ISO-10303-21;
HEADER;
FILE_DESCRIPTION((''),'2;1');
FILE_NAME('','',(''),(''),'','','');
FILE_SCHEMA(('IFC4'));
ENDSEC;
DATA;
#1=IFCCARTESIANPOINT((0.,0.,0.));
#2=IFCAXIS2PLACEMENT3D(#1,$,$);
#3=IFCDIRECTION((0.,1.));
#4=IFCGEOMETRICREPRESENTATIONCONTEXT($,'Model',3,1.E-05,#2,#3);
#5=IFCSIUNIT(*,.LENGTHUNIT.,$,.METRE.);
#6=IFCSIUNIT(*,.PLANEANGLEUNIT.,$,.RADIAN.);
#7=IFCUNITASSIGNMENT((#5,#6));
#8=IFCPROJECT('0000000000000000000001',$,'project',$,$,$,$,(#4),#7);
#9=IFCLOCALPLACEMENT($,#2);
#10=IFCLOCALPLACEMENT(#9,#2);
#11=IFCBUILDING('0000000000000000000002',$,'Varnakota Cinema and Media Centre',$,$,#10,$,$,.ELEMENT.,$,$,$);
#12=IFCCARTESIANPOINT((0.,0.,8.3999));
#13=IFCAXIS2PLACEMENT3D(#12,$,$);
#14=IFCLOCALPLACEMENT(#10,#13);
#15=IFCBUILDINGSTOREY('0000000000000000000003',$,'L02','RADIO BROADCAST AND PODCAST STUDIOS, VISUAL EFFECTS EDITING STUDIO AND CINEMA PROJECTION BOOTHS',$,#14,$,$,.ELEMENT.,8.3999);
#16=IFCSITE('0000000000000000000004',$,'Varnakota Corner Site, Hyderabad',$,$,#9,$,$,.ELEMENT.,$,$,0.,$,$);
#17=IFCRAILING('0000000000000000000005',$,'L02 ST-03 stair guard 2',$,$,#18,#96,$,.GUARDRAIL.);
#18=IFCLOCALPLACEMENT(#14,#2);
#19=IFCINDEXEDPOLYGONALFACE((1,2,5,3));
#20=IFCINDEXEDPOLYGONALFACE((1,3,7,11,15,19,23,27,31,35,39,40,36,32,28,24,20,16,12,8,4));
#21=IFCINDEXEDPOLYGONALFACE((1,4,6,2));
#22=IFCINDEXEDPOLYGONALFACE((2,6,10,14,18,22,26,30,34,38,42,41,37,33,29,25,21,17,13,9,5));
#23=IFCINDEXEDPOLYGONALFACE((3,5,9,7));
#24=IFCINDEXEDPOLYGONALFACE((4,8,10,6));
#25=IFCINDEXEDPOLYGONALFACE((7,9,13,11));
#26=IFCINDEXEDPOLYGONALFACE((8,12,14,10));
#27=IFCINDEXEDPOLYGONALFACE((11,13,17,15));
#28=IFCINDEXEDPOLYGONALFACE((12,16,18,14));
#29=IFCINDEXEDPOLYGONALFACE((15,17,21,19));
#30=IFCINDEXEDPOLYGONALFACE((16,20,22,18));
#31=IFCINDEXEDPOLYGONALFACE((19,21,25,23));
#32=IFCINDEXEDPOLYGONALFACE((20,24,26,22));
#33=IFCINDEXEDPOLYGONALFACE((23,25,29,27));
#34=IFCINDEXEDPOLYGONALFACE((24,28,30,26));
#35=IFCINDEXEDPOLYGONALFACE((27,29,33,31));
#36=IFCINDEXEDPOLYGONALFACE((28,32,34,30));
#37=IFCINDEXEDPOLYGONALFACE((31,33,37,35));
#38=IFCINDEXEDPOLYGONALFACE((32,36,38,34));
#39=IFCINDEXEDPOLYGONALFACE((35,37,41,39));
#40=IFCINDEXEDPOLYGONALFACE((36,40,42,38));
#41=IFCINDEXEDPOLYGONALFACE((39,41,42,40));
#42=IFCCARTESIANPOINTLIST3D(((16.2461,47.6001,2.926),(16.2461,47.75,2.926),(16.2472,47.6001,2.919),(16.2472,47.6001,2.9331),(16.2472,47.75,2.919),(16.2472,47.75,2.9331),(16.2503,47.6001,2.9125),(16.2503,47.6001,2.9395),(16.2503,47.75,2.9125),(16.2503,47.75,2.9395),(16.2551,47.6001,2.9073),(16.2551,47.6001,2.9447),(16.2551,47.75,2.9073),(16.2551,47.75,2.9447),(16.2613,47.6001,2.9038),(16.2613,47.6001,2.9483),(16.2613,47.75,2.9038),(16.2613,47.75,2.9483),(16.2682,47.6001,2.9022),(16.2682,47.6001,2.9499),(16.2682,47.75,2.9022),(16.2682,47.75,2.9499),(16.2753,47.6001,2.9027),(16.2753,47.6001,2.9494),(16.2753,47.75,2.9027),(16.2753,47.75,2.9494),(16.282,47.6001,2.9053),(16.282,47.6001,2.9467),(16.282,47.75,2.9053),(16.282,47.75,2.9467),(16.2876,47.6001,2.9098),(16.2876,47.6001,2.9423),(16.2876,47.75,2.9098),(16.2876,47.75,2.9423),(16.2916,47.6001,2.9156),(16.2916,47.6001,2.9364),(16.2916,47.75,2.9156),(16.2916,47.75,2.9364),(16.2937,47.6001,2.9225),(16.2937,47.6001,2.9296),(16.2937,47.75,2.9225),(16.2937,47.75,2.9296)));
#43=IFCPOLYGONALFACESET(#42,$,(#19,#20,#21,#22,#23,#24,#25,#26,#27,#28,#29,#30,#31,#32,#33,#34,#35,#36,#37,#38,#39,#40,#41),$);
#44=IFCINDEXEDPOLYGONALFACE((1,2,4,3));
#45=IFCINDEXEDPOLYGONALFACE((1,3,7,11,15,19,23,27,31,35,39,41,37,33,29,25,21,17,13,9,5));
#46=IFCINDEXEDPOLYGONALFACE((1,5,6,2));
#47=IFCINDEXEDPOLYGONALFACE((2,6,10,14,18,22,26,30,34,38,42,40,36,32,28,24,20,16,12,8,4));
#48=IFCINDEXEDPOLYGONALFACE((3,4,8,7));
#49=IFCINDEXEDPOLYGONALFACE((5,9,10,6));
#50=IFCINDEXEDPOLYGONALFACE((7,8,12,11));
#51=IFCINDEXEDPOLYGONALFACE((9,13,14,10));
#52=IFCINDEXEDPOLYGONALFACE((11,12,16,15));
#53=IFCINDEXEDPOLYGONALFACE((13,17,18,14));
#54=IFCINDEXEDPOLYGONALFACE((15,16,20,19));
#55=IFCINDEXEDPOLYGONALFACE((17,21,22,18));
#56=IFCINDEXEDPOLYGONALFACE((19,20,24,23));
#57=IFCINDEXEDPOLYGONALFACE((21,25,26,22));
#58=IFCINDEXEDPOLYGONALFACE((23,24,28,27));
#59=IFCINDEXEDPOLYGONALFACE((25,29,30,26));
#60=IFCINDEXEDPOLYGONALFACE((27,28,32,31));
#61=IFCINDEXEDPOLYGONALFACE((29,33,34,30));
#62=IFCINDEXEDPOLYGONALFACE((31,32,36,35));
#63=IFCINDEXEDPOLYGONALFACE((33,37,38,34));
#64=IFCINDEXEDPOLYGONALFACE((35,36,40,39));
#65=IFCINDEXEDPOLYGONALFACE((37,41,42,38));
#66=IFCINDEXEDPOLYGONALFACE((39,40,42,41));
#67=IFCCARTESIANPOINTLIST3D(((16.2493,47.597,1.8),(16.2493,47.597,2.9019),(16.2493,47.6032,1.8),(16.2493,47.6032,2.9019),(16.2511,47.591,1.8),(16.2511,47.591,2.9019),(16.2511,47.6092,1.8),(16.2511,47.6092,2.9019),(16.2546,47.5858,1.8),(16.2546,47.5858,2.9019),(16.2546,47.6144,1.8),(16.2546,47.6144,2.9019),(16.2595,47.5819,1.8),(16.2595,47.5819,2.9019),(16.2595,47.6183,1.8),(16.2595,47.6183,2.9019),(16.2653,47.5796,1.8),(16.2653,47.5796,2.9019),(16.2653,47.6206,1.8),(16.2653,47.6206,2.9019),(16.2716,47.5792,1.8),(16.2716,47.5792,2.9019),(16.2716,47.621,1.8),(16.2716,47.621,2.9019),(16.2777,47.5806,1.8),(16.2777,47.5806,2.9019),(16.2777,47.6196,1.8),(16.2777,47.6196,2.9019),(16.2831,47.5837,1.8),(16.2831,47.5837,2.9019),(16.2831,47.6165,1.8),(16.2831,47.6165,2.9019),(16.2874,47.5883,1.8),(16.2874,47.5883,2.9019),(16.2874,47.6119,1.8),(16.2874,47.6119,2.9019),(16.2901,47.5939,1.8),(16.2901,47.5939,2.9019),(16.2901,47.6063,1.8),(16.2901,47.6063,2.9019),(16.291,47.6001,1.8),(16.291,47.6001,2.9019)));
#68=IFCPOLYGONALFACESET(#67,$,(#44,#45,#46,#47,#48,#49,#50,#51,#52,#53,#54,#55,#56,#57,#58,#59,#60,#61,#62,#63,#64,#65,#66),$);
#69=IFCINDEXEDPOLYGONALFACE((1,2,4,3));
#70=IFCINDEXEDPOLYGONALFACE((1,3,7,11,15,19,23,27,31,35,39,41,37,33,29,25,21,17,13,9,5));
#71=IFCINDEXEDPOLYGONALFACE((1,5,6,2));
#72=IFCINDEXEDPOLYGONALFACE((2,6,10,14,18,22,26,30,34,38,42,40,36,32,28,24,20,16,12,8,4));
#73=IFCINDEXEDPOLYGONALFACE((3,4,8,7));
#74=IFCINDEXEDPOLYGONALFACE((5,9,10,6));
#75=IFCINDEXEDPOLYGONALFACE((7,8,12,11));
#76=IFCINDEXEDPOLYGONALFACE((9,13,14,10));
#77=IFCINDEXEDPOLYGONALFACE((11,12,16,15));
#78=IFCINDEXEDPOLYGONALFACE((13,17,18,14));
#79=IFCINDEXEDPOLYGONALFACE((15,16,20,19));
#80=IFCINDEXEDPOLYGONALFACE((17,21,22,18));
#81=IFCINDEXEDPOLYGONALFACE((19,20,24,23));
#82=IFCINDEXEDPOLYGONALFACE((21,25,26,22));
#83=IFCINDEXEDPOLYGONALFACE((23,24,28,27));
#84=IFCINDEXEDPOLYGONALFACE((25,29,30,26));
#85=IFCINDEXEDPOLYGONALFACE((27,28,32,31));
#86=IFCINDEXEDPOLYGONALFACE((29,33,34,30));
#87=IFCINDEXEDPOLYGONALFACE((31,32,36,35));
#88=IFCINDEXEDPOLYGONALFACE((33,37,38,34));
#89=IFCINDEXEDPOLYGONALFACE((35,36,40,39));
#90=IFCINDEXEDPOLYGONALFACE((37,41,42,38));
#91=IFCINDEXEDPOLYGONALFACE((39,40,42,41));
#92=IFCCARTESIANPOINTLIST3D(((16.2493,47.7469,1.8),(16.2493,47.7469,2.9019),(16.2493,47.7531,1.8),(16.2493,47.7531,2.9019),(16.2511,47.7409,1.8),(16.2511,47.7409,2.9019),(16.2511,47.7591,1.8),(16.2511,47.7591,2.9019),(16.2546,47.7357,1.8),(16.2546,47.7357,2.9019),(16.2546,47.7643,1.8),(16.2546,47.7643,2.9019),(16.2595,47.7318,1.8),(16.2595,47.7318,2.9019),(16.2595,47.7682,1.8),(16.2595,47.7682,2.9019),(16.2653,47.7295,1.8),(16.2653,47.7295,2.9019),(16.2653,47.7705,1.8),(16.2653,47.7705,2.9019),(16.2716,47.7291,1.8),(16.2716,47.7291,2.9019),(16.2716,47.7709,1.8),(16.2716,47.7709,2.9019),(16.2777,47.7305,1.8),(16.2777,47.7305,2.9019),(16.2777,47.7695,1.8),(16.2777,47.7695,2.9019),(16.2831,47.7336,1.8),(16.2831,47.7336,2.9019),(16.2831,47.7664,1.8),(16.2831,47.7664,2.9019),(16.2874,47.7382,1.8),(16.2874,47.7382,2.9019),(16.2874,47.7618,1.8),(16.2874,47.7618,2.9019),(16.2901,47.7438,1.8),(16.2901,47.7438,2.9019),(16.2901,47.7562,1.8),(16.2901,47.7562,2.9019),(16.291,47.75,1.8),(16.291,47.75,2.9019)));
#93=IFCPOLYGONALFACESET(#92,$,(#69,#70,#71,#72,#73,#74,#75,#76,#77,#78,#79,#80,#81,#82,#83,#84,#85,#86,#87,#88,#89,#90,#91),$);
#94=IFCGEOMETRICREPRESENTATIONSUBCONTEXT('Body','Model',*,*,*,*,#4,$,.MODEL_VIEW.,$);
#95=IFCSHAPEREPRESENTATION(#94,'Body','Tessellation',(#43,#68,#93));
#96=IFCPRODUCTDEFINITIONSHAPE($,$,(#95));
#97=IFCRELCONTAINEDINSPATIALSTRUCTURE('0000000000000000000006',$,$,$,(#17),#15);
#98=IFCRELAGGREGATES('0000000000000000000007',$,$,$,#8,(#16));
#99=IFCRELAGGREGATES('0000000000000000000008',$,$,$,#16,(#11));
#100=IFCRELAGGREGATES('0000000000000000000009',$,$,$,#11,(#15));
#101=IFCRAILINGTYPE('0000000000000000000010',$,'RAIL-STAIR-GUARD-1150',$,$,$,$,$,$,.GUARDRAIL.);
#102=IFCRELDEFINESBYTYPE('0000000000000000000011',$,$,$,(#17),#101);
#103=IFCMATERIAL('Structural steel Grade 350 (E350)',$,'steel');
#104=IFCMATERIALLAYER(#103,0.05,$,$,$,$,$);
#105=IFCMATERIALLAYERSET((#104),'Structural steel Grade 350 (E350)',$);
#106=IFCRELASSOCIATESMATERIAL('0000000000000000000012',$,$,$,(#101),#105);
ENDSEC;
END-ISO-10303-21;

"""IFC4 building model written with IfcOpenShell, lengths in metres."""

from ifc_helpers import new_model, si_unit, direction, frame, origin, origin_2d, place, context, subcontext, project, spatial, circle, extrude, material, layer, layer_set, type_object, element, save


model = new_model("IFC4")

# Units and contexts
model_context = context("Model", 3, precision=1e-05, world=origin(), true_north=direction((0.0, 1.0)))
body_context = subcontext(model_context, "Body", "Model", "MODEL_VIEW")
ifc_project = project(units=[si_unit("LENGTHUNIT", "METRE"), si_unit("PLANEANGLEUNIT", "RADIAN")], contexts=[model_context])

# Site, building, storey
site_placement = place(None, origin())
site = spatial("IfcSite", under=ifc_project, at=site_placement, Name="Varnakota Corner Site, Hyderabad", CompositionType="ELEMENT", RefElevation=0.0)
building_placement = place(site_placement, origin())
building = spatial("IfcBuilding", under=site, at=building_placement, Name="Varnakota Cinema and Media Centre", CompositionType="ELEMENT")
storey_placement = place(building_placement, frame((0.0, 0.0, 8.3999)))
storey = spatial("IfcBuildingStorey", under=building, at=storey_placement, Name="L02", Description="RADIO BROADCAST AND PODCAST STUDIOS, VISUAL EFFECTS EDITING STUDIO AND CINEMA PROJECTION BOOTHS", CompositionType="ELEMENT", Elevation=8.3999)

# Railing
ifc_material_1 = material(Name="Structural steel Grade 350 (E350)", Category="steel")
ifc_layer_1 = layer(ifc_material_1, 0.05)
ifc_layer_set_1 = layer_set([ifc_layer_1], Name="Structural steel Grade 350 (E350)")
railing_type_1 = type_object("IfcRailingType", Name="RAIL-STAIR-GUARD-1150", PredefinedType="GUARDRAIL", material=ifc_layer_set_1)
railing_1_placement = place(storey_placement, frame((16.27, 47.6001, 1.8)))
element("IfcRailing", 1, at=railing_1_placement, inside=storey, type_object=railing_type_1, Name="L02 ST-03 stair guard 2", PredefinedType="GUARDRAIL", context=body_context, shape_type="SweptSolid", body=[
    extrude(circle(Radius=0.0239, at=origin_2d()), frame((0.0, 0.0, 1.126), z_axis=(0.0, 1.0, 0.0), x_axis=(-1.0, 0.0, 0.0)), (0.0, 0.0, 1.0), 0.1499),
    extrude(circle(Radius=0.021, at=origin_2d()), origin(), (0.0, 0.0, 1.0), 1.1018),
    extrude(circle(Radius=0.021, at=origin_2d()), frame((0.0, 0.1499, 0.0)), (0.0, 0.0, 1.0), 1.1018),
])

save(model, "model.ifc")
